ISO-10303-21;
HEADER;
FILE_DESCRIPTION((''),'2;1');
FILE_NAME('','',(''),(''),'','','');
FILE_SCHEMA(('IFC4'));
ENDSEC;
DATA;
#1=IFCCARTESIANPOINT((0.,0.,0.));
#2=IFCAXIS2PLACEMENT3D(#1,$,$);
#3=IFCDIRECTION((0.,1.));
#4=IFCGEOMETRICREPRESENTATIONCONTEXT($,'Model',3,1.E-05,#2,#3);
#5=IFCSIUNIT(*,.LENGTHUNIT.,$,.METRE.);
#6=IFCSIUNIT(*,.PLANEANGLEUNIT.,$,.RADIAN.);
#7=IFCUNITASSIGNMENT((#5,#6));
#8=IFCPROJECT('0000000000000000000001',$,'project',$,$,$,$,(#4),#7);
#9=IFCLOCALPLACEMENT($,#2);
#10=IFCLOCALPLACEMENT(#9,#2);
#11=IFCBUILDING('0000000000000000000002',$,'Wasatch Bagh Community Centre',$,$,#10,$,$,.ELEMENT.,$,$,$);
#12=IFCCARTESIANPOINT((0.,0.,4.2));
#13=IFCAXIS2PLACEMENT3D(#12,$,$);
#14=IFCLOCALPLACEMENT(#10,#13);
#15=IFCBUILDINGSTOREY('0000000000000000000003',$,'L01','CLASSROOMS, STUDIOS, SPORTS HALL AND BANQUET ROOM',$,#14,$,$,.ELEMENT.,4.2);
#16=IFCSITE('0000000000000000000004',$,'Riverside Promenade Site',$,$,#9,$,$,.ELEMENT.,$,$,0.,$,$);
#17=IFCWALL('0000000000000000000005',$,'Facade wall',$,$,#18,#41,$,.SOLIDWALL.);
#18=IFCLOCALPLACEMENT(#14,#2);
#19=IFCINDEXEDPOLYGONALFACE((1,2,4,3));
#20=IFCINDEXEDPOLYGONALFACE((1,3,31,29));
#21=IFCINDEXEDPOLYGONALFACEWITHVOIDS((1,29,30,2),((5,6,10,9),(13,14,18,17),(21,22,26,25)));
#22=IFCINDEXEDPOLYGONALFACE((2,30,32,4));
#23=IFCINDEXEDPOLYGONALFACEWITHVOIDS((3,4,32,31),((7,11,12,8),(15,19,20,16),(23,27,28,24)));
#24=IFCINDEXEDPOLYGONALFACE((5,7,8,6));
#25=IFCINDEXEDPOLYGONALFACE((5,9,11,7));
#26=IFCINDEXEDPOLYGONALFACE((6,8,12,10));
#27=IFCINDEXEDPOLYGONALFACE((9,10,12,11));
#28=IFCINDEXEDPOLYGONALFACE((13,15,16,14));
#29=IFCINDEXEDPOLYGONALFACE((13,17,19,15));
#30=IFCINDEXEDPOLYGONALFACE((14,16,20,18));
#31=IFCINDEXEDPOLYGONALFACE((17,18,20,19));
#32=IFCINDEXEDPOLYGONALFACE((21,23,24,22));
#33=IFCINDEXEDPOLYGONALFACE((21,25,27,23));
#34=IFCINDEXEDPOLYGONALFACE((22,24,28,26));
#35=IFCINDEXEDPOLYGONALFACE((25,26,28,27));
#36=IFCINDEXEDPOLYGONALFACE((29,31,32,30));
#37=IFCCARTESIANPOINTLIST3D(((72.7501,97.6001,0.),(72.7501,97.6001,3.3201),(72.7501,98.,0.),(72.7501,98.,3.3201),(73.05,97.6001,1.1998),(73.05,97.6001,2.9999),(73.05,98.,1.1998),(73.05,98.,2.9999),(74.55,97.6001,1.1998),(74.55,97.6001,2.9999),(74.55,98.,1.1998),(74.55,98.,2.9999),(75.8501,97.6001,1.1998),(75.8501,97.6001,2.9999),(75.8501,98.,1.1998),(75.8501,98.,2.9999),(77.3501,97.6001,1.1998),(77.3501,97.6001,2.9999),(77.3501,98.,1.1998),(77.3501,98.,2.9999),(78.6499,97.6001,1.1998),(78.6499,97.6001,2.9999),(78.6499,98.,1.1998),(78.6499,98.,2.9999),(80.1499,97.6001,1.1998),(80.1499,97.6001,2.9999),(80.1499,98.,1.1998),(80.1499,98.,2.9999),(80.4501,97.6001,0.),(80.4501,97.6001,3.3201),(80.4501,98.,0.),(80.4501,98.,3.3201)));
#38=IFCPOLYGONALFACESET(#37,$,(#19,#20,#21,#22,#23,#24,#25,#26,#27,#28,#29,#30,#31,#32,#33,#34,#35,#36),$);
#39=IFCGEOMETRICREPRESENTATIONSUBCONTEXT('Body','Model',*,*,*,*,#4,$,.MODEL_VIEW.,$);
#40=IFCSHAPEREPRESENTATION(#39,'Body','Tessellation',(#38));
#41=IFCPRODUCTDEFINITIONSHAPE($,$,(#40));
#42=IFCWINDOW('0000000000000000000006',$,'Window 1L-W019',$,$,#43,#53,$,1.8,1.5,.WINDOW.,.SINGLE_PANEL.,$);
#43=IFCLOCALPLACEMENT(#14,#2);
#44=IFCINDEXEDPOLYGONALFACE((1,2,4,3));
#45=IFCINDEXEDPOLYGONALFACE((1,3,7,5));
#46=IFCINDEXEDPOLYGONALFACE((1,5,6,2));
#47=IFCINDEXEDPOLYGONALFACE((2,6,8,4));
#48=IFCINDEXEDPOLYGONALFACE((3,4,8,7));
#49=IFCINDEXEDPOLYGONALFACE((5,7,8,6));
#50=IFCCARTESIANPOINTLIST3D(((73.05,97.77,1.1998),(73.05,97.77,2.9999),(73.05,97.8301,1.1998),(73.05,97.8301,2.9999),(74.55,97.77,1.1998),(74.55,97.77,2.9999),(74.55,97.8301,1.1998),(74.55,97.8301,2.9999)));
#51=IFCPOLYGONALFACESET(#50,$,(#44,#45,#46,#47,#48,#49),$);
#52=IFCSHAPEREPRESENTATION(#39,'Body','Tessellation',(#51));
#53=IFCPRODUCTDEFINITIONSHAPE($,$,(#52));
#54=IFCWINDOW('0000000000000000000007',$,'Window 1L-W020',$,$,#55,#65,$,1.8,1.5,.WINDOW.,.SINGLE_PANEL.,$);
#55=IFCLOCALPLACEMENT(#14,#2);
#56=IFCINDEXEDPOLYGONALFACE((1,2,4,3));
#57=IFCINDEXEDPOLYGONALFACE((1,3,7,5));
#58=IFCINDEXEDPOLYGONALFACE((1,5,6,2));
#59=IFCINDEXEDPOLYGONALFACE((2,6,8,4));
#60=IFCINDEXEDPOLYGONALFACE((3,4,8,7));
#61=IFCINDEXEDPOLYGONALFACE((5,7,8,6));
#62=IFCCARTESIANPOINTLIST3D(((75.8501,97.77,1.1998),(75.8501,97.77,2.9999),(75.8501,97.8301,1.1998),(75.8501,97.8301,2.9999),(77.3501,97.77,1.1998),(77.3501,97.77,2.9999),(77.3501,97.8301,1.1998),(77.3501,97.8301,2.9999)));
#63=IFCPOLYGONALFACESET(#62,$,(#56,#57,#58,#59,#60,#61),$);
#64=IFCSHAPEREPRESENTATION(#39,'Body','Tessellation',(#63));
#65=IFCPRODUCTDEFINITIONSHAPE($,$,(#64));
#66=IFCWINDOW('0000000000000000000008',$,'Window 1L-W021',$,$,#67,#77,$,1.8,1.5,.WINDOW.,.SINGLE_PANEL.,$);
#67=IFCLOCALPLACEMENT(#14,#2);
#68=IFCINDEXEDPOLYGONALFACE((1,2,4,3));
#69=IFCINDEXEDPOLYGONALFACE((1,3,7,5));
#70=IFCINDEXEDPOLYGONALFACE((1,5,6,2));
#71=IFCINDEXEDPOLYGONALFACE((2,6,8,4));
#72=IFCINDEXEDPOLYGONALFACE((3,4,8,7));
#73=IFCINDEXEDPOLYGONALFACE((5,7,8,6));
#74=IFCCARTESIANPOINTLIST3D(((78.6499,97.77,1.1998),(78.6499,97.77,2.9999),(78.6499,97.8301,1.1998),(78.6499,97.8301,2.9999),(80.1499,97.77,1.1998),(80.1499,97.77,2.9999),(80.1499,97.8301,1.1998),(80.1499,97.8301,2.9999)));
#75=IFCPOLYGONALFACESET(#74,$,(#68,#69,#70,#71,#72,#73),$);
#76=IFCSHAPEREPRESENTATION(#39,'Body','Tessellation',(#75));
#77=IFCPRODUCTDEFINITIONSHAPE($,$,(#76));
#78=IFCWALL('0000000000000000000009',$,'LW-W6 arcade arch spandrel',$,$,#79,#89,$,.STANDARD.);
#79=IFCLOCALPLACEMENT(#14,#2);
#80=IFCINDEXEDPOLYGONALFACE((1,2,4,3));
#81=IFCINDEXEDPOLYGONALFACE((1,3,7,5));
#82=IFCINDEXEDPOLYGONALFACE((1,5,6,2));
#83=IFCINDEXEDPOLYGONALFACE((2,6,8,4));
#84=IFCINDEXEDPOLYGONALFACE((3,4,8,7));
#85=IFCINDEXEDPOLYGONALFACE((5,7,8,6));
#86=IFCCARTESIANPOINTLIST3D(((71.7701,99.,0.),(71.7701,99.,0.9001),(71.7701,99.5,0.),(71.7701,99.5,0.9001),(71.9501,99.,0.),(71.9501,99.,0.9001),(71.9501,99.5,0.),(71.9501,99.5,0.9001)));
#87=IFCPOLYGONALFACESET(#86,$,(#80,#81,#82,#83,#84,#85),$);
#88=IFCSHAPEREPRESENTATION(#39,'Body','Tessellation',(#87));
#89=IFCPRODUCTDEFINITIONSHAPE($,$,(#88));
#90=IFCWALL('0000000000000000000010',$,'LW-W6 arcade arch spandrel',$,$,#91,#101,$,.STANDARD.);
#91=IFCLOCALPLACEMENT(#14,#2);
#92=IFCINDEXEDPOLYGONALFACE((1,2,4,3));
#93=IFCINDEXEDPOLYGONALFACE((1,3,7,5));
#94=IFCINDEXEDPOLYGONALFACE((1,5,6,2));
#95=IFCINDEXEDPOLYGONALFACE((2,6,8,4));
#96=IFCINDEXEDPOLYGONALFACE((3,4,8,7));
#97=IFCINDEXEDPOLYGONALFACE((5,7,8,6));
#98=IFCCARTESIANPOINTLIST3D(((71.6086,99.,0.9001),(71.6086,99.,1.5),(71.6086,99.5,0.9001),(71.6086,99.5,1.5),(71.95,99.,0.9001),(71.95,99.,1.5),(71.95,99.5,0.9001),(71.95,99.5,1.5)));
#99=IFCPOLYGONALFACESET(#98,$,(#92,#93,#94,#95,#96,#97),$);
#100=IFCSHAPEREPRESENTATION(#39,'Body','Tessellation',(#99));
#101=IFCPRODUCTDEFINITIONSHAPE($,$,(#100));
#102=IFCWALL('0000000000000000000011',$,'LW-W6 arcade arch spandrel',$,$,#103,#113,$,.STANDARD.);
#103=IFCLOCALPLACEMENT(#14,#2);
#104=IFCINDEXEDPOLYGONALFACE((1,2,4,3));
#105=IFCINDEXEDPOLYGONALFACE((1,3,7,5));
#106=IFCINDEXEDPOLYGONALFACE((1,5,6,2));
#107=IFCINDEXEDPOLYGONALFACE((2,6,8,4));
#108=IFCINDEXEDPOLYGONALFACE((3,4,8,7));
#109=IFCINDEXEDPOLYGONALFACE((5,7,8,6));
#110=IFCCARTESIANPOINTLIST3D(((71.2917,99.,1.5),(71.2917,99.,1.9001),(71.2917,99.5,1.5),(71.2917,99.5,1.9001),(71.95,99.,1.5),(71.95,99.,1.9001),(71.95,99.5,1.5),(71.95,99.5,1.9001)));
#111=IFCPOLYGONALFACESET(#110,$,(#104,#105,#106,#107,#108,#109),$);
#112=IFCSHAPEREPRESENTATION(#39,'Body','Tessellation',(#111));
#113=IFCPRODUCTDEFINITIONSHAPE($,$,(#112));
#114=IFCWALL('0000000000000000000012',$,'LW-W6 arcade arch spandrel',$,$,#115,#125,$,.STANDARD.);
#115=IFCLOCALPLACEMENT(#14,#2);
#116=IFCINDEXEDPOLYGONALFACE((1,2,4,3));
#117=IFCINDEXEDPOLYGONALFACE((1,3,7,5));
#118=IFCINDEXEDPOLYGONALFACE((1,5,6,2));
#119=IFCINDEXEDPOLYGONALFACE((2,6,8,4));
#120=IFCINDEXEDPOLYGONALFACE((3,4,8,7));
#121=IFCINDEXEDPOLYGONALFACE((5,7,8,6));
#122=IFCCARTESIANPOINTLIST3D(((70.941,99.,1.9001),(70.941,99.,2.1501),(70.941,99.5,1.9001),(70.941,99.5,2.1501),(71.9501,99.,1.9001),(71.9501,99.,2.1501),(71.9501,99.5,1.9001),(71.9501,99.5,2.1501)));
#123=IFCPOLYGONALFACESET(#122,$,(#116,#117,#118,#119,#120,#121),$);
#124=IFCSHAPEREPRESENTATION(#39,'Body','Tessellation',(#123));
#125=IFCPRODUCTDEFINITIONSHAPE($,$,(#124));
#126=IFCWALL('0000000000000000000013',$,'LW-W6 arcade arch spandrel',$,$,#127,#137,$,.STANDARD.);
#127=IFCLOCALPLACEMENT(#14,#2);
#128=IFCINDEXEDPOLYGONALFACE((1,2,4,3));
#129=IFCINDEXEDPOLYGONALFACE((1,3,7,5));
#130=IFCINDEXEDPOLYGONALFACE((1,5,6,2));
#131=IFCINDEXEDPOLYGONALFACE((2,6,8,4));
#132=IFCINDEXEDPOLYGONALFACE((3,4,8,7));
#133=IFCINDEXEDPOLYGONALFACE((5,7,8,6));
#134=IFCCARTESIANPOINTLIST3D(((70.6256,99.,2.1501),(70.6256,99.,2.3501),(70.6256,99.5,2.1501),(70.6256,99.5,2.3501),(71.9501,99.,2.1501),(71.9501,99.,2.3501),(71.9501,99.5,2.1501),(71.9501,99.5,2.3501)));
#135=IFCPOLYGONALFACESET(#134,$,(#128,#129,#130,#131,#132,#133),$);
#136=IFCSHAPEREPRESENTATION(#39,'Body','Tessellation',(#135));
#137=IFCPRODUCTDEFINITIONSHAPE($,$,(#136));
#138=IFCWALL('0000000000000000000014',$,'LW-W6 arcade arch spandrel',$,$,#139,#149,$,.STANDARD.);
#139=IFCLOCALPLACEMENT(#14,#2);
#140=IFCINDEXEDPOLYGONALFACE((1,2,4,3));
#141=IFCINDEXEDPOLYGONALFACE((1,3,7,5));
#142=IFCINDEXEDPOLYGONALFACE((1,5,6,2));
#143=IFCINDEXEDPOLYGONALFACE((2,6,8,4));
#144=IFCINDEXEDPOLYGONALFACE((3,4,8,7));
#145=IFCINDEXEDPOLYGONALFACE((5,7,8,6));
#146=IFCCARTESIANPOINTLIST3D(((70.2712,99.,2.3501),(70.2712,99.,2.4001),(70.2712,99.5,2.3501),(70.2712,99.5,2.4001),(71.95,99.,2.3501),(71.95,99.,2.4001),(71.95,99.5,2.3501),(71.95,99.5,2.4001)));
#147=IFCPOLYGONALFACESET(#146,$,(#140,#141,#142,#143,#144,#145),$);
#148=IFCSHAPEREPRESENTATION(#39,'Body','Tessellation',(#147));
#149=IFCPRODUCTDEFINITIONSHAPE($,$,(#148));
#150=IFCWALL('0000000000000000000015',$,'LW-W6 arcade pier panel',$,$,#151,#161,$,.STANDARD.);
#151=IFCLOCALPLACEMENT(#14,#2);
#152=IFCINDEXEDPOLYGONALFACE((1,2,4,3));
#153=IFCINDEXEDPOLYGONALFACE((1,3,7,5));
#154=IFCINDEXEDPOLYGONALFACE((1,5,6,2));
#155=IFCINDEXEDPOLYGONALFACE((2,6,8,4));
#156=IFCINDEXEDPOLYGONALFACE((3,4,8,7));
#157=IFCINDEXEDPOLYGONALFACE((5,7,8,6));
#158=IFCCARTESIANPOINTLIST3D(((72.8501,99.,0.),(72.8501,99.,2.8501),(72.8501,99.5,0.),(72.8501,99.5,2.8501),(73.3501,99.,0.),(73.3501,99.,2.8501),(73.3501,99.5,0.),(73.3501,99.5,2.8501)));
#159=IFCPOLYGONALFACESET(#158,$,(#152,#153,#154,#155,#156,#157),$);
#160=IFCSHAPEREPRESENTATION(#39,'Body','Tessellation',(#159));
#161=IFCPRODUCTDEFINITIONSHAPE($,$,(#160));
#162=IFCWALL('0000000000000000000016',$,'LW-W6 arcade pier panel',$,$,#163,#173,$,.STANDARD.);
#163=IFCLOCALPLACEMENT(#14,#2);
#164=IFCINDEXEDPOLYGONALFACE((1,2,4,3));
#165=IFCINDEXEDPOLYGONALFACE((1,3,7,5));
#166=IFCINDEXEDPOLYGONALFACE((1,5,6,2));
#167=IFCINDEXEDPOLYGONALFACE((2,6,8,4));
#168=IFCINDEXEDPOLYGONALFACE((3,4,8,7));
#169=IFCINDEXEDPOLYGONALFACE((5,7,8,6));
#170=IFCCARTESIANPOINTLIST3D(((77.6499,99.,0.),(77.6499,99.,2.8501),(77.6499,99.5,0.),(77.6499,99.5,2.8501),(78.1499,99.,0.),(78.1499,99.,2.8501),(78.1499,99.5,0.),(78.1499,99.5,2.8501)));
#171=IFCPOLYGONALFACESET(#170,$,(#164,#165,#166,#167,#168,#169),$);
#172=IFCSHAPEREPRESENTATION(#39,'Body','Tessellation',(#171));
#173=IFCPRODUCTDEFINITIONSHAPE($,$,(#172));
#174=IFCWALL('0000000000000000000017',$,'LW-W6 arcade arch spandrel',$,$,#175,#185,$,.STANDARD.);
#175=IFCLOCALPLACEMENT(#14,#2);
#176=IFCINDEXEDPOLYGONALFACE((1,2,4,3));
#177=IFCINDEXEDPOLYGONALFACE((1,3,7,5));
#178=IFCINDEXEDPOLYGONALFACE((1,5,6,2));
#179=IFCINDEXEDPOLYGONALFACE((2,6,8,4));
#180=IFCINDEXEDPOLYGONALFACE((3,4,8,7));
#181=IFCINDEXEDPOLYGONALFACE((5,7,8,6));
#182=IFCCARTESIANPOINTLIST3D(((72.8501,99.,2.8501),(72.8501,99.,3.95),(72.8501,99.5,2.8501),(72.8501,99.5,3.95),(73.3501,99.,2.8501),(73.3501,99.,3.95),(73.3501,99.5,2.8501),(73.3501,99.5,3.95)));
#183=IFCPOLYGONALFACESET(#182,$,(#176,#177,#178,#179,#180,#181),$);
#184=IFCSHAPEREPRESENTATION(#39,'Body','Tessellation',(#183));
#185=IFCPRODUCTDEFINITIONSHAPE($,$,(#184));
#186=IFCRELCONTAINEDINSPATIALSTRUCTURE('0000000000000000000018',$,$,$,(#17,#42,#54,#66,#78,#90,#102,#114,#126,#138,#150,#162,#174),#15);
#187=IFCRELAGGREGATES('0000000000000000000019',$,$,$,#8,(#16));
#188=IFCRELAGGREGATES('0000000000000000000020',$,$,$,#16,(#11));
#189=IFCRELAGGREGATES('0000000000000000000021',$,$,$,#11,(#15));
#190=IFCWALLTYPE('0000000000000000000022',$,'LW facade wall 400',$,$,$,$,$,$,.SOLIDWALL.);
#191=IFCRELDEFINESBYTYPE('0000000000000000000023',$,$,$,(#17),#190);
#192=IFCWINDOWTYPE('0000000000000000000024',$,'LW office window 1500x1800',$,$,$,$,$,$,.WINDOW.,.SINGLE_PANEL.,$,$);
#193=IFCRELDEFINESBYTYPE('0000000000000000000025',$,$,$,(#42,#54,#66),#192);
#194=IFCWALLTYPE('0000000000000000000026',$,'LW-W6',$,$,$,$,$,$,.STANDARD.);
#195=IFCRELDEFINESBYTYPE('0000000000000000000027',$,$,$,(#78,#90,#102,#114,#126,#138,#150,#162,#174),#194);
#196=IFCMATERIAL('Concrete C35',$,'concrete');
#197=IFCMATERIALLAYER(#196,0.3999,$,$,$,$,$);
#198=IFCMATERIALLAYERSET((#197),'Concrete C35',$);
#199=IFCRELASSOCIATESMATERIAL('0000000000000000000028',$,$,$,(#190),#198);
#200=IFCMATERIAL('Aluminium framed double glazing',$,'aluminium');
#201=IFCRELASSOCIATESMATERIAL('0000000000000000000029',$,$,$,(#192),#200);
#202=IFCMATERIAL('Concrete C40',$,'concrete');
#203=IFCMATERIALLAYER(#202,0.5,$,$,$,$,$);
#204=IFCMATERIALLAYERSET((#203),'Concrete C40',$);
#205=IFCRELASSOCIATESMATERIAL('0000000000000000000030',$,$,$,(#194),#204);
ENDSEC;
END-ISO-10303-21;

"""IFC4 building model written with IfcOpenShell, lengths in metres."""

from ifc_helpers import new_model, si_unit, direction, frame, frame_2d, origin, place, context, subcontext, project, spatial, rectangle, extrude, material, layer, layer_set, type_object, element, fill, save


model = new_model("IFC4")

# Units and contexts
model_context = context("Model", 3, precision=1e-05, world=origin(), true_north=direction((0.0, 1.0)))
body_context = subcontext(model_context, "Body", "Model", "MODEL_VIEW")
ifc_project = project(units=[si_unit("LENGTHUNIT", "METRE"), si_unit("PLANEANGLEUNIT", "RADIAN")], contexts=[model_context])

# Site, building, storey
site_placement = place(None, origin())
site = spatial("IfcSite", under=ifc_project, at=site_placement, Name="Riverside Promenade Site", CompositionType="ELEMENT", RefElevation=0.0)
building_placement = place(site_placement, origin())
building = spatial("IfcBuilding", under=site, at=building_placement, Name="Wasatch Bagh Community Centre", CompositionType="ELEMENT")
storey_placement = place(building_placement, frame((0.0, 0.0, 4.2)))
storey = spatial("IfcBuildingStorey", under=building, at=storey_placement, Name="L01", Description="CLASSROOMS, STUDIOS, SPORTS HALL AND BANQUET ROOM", CompositionType="ELEMENT", Elevation=4.2)

# Shared definitions
ifc_material_1 = material(Name="Concrete C40", Category="concrete")

# Shared definitions
ifc_material_2 = material(Name="Concrete C35", Category="concrete")

# Wall, openings, windows
ifc_layer_1 = layer(ifc_material_2, 0.3999)
ifc_layer_set_1 = layer_set([ifc_layer_1], Name="Concrete C35")
wall_type_1 = type_object("IfcWallType", Name="LW facade wall 400", PredefinedType="SOLIDWALL", material=ifc_layer_set_1)
wall_1_placement = place(storey_placement, frame((72.75, 97.8, 0.0), z_axis=(0.0, 0.0, 1.0), x_axis=(1.0, 0.0, 0.0)))
wall_1 = element("IfcWall", 1, at=wall_1_placement, inside=storey, type_object=wall_type_1, Name="Facade wall", PredefinedType="SOLIDWALL", context=body_context, shape_type="SweptSolid", body=[
    extrude(rectangle(XDim=7.7, YDim=0.3999, at=frame_2d((3.8501, 0.0))), origin(), (0.0, 0.0, 1.0), 3.3201),
])
opening_1_placement = place(wall_1_placement, frame((0.3, 0.0, 1.2)))
opening_1 = element("IfcOpeningElement", 2, at=opening_1_placement, cuts=wall_1, PredefinedType="OPENING", context=body_context, shape_type="SweptSolid", body=[
    extrude(rectangle(XDim=1.5, YDim=1.8, at=frame_2d((0.75, 0.8999))), frame((0.0, 0.21, 0.0), z_axis=(0.0, -1.0, 0.0), x_axis=(1.0, 0.0, 0.0)), (0.0, 0.0, 1.0), 0.4199),
])
opening_2_placement = place(wall_1_placement, frame((3.1001, 0.0, 1.2)))
opening_2 = element("IfcOpeningElement", 3, at=opening_2_placement, cuts=wall_1, PredefinedType="OPENING", context=body_context, shape_type="SweptSolid", body=[
    extrude(rectangle(XDim=1.5, YDim=1.8, at=frame_2d((0.75, 0.8999))), frame((0.0, 0.21, 0.0), z_axis=(0.0, -1.0, 0.0), x_axis=(1.0, 0.0, 0.0)), (0.0, 0.0, 1.0), 0.4199),
])
opening_3_placement = place(wall_1_placement, frame((5.8999, 0.0, 1.2)))
opening_3 = element("IfcOpeningElement", 4, at=opening_3_placement, cuts=wall_1, PredefinedType="OPENING", context=body_context, shape_type="SweptSolid", body=[
    extrude(rectangle(XDim=1.5, YDim=1.8, at=frame_2d((0.75, 0.8999))), frame((0.0, 0.21, 0.0), z_axis=(0.0, -1.0, 0.0), x_axis=(1.0, 0.0, 0.0)), (0.0, 0.0, 1.0), 0.4199),
])
ifc_material_3 = material(Name="Aluminium framed double glazing", Category="aluminium")
window_type = type_object("IfcWindowType", Name="LW office window 1500x1800", PartitioningType="SINGLE_PANEL", PredefinedType="WINDOW", material=ifc_material_3)
window_1_placement = place(opening_1_placement, origin())
window_1 = element("IfcWindow", 5, at=window_1_placement, inside=storey, type_object=window_type, Name="Window 1L-W019", OverallHeight=1.8, OverallWidth=1.5, PartitioningType="SINGLE_PANEL", PredefinedType="WINDOW", context=body_context, shape_type="SweptSolid", body=[
    extrude(rectangle(XDim=1.5, YDim=1.8, at=frame_2d((0.75, 0.8999))), frame((0.0, 0.03, 0.0), z_axis=(0.0, -1.0, 0.0), x_axis=(1.0, 0.0, 0.0)), (0.0, 0.0, 1.0), 0.0601),
])
fill(opening_1, window_1)
window_2_placement = place(opening_2_placement, origin())
window_2 = element("IfcWindow", 6, at=window_2_placement, inside=storey, type_object=window_type, Name="Window 1L-W020", OverallHeight=1.8, OverallWidth=1.5, PartitioningType="SINGLE_PANEL", PredefinedType="WINDOW", context=body_context, shape_type="SweptSolid", body=[
    extrude(rectangle(XDim=1.5, YDim=1.8, at=frame_2d((0.75, 0.8999))), frame((0.0, 0.03, 0.0), z_axis=(0.0, -1.0, 0.0), x_axis=(1.0, 0.0, 0.0)), (0.0, 0.0, 1.0), 0.0601),
])
fill(opening_2, window_2)
window_3_placement = place(opening_3_placement, origin())
window_3 = element("IfcWindow", 7, at=window_3_placement, inside=storey, type_object=window_type, Name="Window 1L-W021", OverallHeight=1.8, OverallWidth=1.5, PartitioningType="SINGLE_PANEL", PredefinedType="WINDOW", context=body_context, shape_type="SweptSolid", body=[
    extrude(rectangle(XDim=1.5, YDim=1.8, at=frame_2d((0.75, 0.8999))), frame((0.0, 0.03, 0.0), z_axis=(0.0, -1.0, 0.0), x_axis=(1.0, 0.0, 0.0)), (0.0, 0.0, 1.0), 0.0601),
])
fill(opening_3, window_3)

# Walls
ifc_layer_2 = layer(ifc_material_1, 0.5)
ifc_layer_set_2 = layer_set([ifc_layer_2], Name="Concrete C40")
wall_type_2 = type_object("IfcWallType", Name="LW-W6", PredefinedType="STANDARD", material=ifc_layer_set_2)
wall_2_placement = place(storey_placement, frame((71.95, 99.25, 0.0), z_axis=(0.0, 0.0, 1.0), x_axis=(-1.0, 0.0, 0.0)))
element("IfcWall", 8, at=wall_2_placement, inside=storey, type_object=wall_type_2, Name="LW-W6 arcade arch spandrel", PredefinedType="STANDARD", context=body_context, shape_type="SweptSolid", body=[
    extrude(rectangle(XDim=0.1799, YDim=0.5, at=frame_2d((0.0898, 0.0))), origin(), (0.0, 0.0, 1.0), 0.9001),
])
wall_3_placement = place(storey_placement, frame((71.95, 99.25, 0.9001), z_axis=(0.0, 0.0, 1.0), x_axis=(-1.0, 0.0, 0.0)))
element("IfcWall", 9, at=wall_3_placement, inside=storey, type_object=wall_type_2, Name="LW-W6 arcade arch spandrel", PredefinedType="STANDARD", context=body_context, shape_type="SweptSolid", body=[
    extrude(rectangle(XDim=0.3413, YDim=0.5, at=frame_2d((0.1707, 0.0))), origin(), (0.0, 0.0, 1.0), 0.5999),
])
wall_4_placement = place(storey_placement, frame((71.95, 99.25, 1.5), z_axis=(0.0, 0.0, 1.0), x_axis=(-1.0, 0.0, 0.0)))
element("IfcWall", 10, at=wall_4_placement, inside=storey, type_object=wall_type_2, Name="LW-W6 arcade arch spandrel", PredefinedType="STANDARD", context=body_context, shape_type="SweptSolid", body=[
    extrude(rectangle(XDim=0.6582, YDim=0.5, at=frame_2d((0.3291, 0.0))), origin(), (0.0, 0.0, 1.0), 0.4001),
])
wall_5_placement = place(storey_placement, frame((71.95, 99.25, 1.9001), z_axis=(0.0, 0.0, 1.0), x_axis=(-1.0, 0.0, 0.0)))
element("IfcWall", 11, at=wall_5_placement, inside=storey, type_object=wall_type_2, Name="LW-W6 arcade arch spandrel", PredefinedType="STANDARD", context=body_context, shape_type="SweptSolid", body=[
    extrude(rectangle(XDim=1.009, YDim=0.5, at=frame_2d((0.5044, 0.0))), origin(), (0.0, 0.0, 1.0), 0.25),
])
wall_6_placement = place(storey_placement, frame((71.95, 99.25, 2.1501), z_axis=(0.0, 0.0, 1.0), x_axis=(-1.0, 0.0, 0.0)))
element("IfcWall", 12, at=wall_6_placement, inside=storey, type_object=wall_type_2, Name="LW-W6 arcade arch spandrel", PredefinedType="STANDARD", context=body_context, shape_type="SweptSolid", body=[
    extrude(rectangle(XDim=1.3245, YDim=0.5, at=frame_2d((0.6621, 0.0))), origin(), (0.0, 0.0, 1.0), 0.2),
])
wall_7_placement = place(storey_placement, frame((71.95, 99.25, 2.3501), z_axis=(0.0, 0.0, 1.0), x_axis=(-1.0, 0.0, 0.0)))
element("IfcWall", 13, at=wall_7_placement, inside=storey, type_object=wall_type_2, Name="LW-W6 arcade arch spandrel", PredefinedType="STANDARD", context=body_context, shape_type="SweptSolid", body=[
    extrude(rectangle(XDim=1.6787, YDim=0.5, at=frame_2d((0.8394, 0.0))), origin(), (0.0, 0.0, 1.0), 0.05),
])
for number, where, z_axis, x_axis, name in (
    (14, (72.8501, 99.25, 0.0), (0.0, 0.0, 1.0), (1.0, 0.0, 0.0), "LW-W6 arcade pier panel"),
    (15, (78.1499, 99.25, 0.0), (0.0, 0.0, 1.0), (-1.0, 0.0, 0.0), "LW-W6 arcade pier panel"),
):
    element("IfcWall", number, at=place(storey_placement, frame(where, z_axis=z_axis, x_axis=x_axis)), inside=storey, type_object=wall_type_2, Name=name, PredefinedType="STANDARD", context=body_context, shape_type="SweptSolid", body=[
        extrude(rectangle(XDim=0.5, YDim=0.5, at=frame_2d((0.25, 0.0))), origin(), (0.0, 0.0, 1.0), 2.8501),
    ])
for number, where, z_axis, x_axis, name in (
    (16, (72.8501, 99.25, 2.8501), (0.0, 0.0, 1.0), (1.0, 0.0, 0.0), "LW-W6 arcade arch spandrel"),
):
    element("IfcWall", number, at=place(storey_placement, frame(where, z_axis=z_axis, x_axis=x_axis)), inside=storey, type_object=wall_type_2, Name=name, PredefinedType="STANDARD", context=body_context, shape_type="SweptSolid", body=[
        extrude(rectangle(XDim=0.5, YDim=0.5, at=frame_2d((0.25, 0.0))), origin(), (0.0, 0.0, 1.0), 1.0999),
    ])

save(model, "model.ifc")
